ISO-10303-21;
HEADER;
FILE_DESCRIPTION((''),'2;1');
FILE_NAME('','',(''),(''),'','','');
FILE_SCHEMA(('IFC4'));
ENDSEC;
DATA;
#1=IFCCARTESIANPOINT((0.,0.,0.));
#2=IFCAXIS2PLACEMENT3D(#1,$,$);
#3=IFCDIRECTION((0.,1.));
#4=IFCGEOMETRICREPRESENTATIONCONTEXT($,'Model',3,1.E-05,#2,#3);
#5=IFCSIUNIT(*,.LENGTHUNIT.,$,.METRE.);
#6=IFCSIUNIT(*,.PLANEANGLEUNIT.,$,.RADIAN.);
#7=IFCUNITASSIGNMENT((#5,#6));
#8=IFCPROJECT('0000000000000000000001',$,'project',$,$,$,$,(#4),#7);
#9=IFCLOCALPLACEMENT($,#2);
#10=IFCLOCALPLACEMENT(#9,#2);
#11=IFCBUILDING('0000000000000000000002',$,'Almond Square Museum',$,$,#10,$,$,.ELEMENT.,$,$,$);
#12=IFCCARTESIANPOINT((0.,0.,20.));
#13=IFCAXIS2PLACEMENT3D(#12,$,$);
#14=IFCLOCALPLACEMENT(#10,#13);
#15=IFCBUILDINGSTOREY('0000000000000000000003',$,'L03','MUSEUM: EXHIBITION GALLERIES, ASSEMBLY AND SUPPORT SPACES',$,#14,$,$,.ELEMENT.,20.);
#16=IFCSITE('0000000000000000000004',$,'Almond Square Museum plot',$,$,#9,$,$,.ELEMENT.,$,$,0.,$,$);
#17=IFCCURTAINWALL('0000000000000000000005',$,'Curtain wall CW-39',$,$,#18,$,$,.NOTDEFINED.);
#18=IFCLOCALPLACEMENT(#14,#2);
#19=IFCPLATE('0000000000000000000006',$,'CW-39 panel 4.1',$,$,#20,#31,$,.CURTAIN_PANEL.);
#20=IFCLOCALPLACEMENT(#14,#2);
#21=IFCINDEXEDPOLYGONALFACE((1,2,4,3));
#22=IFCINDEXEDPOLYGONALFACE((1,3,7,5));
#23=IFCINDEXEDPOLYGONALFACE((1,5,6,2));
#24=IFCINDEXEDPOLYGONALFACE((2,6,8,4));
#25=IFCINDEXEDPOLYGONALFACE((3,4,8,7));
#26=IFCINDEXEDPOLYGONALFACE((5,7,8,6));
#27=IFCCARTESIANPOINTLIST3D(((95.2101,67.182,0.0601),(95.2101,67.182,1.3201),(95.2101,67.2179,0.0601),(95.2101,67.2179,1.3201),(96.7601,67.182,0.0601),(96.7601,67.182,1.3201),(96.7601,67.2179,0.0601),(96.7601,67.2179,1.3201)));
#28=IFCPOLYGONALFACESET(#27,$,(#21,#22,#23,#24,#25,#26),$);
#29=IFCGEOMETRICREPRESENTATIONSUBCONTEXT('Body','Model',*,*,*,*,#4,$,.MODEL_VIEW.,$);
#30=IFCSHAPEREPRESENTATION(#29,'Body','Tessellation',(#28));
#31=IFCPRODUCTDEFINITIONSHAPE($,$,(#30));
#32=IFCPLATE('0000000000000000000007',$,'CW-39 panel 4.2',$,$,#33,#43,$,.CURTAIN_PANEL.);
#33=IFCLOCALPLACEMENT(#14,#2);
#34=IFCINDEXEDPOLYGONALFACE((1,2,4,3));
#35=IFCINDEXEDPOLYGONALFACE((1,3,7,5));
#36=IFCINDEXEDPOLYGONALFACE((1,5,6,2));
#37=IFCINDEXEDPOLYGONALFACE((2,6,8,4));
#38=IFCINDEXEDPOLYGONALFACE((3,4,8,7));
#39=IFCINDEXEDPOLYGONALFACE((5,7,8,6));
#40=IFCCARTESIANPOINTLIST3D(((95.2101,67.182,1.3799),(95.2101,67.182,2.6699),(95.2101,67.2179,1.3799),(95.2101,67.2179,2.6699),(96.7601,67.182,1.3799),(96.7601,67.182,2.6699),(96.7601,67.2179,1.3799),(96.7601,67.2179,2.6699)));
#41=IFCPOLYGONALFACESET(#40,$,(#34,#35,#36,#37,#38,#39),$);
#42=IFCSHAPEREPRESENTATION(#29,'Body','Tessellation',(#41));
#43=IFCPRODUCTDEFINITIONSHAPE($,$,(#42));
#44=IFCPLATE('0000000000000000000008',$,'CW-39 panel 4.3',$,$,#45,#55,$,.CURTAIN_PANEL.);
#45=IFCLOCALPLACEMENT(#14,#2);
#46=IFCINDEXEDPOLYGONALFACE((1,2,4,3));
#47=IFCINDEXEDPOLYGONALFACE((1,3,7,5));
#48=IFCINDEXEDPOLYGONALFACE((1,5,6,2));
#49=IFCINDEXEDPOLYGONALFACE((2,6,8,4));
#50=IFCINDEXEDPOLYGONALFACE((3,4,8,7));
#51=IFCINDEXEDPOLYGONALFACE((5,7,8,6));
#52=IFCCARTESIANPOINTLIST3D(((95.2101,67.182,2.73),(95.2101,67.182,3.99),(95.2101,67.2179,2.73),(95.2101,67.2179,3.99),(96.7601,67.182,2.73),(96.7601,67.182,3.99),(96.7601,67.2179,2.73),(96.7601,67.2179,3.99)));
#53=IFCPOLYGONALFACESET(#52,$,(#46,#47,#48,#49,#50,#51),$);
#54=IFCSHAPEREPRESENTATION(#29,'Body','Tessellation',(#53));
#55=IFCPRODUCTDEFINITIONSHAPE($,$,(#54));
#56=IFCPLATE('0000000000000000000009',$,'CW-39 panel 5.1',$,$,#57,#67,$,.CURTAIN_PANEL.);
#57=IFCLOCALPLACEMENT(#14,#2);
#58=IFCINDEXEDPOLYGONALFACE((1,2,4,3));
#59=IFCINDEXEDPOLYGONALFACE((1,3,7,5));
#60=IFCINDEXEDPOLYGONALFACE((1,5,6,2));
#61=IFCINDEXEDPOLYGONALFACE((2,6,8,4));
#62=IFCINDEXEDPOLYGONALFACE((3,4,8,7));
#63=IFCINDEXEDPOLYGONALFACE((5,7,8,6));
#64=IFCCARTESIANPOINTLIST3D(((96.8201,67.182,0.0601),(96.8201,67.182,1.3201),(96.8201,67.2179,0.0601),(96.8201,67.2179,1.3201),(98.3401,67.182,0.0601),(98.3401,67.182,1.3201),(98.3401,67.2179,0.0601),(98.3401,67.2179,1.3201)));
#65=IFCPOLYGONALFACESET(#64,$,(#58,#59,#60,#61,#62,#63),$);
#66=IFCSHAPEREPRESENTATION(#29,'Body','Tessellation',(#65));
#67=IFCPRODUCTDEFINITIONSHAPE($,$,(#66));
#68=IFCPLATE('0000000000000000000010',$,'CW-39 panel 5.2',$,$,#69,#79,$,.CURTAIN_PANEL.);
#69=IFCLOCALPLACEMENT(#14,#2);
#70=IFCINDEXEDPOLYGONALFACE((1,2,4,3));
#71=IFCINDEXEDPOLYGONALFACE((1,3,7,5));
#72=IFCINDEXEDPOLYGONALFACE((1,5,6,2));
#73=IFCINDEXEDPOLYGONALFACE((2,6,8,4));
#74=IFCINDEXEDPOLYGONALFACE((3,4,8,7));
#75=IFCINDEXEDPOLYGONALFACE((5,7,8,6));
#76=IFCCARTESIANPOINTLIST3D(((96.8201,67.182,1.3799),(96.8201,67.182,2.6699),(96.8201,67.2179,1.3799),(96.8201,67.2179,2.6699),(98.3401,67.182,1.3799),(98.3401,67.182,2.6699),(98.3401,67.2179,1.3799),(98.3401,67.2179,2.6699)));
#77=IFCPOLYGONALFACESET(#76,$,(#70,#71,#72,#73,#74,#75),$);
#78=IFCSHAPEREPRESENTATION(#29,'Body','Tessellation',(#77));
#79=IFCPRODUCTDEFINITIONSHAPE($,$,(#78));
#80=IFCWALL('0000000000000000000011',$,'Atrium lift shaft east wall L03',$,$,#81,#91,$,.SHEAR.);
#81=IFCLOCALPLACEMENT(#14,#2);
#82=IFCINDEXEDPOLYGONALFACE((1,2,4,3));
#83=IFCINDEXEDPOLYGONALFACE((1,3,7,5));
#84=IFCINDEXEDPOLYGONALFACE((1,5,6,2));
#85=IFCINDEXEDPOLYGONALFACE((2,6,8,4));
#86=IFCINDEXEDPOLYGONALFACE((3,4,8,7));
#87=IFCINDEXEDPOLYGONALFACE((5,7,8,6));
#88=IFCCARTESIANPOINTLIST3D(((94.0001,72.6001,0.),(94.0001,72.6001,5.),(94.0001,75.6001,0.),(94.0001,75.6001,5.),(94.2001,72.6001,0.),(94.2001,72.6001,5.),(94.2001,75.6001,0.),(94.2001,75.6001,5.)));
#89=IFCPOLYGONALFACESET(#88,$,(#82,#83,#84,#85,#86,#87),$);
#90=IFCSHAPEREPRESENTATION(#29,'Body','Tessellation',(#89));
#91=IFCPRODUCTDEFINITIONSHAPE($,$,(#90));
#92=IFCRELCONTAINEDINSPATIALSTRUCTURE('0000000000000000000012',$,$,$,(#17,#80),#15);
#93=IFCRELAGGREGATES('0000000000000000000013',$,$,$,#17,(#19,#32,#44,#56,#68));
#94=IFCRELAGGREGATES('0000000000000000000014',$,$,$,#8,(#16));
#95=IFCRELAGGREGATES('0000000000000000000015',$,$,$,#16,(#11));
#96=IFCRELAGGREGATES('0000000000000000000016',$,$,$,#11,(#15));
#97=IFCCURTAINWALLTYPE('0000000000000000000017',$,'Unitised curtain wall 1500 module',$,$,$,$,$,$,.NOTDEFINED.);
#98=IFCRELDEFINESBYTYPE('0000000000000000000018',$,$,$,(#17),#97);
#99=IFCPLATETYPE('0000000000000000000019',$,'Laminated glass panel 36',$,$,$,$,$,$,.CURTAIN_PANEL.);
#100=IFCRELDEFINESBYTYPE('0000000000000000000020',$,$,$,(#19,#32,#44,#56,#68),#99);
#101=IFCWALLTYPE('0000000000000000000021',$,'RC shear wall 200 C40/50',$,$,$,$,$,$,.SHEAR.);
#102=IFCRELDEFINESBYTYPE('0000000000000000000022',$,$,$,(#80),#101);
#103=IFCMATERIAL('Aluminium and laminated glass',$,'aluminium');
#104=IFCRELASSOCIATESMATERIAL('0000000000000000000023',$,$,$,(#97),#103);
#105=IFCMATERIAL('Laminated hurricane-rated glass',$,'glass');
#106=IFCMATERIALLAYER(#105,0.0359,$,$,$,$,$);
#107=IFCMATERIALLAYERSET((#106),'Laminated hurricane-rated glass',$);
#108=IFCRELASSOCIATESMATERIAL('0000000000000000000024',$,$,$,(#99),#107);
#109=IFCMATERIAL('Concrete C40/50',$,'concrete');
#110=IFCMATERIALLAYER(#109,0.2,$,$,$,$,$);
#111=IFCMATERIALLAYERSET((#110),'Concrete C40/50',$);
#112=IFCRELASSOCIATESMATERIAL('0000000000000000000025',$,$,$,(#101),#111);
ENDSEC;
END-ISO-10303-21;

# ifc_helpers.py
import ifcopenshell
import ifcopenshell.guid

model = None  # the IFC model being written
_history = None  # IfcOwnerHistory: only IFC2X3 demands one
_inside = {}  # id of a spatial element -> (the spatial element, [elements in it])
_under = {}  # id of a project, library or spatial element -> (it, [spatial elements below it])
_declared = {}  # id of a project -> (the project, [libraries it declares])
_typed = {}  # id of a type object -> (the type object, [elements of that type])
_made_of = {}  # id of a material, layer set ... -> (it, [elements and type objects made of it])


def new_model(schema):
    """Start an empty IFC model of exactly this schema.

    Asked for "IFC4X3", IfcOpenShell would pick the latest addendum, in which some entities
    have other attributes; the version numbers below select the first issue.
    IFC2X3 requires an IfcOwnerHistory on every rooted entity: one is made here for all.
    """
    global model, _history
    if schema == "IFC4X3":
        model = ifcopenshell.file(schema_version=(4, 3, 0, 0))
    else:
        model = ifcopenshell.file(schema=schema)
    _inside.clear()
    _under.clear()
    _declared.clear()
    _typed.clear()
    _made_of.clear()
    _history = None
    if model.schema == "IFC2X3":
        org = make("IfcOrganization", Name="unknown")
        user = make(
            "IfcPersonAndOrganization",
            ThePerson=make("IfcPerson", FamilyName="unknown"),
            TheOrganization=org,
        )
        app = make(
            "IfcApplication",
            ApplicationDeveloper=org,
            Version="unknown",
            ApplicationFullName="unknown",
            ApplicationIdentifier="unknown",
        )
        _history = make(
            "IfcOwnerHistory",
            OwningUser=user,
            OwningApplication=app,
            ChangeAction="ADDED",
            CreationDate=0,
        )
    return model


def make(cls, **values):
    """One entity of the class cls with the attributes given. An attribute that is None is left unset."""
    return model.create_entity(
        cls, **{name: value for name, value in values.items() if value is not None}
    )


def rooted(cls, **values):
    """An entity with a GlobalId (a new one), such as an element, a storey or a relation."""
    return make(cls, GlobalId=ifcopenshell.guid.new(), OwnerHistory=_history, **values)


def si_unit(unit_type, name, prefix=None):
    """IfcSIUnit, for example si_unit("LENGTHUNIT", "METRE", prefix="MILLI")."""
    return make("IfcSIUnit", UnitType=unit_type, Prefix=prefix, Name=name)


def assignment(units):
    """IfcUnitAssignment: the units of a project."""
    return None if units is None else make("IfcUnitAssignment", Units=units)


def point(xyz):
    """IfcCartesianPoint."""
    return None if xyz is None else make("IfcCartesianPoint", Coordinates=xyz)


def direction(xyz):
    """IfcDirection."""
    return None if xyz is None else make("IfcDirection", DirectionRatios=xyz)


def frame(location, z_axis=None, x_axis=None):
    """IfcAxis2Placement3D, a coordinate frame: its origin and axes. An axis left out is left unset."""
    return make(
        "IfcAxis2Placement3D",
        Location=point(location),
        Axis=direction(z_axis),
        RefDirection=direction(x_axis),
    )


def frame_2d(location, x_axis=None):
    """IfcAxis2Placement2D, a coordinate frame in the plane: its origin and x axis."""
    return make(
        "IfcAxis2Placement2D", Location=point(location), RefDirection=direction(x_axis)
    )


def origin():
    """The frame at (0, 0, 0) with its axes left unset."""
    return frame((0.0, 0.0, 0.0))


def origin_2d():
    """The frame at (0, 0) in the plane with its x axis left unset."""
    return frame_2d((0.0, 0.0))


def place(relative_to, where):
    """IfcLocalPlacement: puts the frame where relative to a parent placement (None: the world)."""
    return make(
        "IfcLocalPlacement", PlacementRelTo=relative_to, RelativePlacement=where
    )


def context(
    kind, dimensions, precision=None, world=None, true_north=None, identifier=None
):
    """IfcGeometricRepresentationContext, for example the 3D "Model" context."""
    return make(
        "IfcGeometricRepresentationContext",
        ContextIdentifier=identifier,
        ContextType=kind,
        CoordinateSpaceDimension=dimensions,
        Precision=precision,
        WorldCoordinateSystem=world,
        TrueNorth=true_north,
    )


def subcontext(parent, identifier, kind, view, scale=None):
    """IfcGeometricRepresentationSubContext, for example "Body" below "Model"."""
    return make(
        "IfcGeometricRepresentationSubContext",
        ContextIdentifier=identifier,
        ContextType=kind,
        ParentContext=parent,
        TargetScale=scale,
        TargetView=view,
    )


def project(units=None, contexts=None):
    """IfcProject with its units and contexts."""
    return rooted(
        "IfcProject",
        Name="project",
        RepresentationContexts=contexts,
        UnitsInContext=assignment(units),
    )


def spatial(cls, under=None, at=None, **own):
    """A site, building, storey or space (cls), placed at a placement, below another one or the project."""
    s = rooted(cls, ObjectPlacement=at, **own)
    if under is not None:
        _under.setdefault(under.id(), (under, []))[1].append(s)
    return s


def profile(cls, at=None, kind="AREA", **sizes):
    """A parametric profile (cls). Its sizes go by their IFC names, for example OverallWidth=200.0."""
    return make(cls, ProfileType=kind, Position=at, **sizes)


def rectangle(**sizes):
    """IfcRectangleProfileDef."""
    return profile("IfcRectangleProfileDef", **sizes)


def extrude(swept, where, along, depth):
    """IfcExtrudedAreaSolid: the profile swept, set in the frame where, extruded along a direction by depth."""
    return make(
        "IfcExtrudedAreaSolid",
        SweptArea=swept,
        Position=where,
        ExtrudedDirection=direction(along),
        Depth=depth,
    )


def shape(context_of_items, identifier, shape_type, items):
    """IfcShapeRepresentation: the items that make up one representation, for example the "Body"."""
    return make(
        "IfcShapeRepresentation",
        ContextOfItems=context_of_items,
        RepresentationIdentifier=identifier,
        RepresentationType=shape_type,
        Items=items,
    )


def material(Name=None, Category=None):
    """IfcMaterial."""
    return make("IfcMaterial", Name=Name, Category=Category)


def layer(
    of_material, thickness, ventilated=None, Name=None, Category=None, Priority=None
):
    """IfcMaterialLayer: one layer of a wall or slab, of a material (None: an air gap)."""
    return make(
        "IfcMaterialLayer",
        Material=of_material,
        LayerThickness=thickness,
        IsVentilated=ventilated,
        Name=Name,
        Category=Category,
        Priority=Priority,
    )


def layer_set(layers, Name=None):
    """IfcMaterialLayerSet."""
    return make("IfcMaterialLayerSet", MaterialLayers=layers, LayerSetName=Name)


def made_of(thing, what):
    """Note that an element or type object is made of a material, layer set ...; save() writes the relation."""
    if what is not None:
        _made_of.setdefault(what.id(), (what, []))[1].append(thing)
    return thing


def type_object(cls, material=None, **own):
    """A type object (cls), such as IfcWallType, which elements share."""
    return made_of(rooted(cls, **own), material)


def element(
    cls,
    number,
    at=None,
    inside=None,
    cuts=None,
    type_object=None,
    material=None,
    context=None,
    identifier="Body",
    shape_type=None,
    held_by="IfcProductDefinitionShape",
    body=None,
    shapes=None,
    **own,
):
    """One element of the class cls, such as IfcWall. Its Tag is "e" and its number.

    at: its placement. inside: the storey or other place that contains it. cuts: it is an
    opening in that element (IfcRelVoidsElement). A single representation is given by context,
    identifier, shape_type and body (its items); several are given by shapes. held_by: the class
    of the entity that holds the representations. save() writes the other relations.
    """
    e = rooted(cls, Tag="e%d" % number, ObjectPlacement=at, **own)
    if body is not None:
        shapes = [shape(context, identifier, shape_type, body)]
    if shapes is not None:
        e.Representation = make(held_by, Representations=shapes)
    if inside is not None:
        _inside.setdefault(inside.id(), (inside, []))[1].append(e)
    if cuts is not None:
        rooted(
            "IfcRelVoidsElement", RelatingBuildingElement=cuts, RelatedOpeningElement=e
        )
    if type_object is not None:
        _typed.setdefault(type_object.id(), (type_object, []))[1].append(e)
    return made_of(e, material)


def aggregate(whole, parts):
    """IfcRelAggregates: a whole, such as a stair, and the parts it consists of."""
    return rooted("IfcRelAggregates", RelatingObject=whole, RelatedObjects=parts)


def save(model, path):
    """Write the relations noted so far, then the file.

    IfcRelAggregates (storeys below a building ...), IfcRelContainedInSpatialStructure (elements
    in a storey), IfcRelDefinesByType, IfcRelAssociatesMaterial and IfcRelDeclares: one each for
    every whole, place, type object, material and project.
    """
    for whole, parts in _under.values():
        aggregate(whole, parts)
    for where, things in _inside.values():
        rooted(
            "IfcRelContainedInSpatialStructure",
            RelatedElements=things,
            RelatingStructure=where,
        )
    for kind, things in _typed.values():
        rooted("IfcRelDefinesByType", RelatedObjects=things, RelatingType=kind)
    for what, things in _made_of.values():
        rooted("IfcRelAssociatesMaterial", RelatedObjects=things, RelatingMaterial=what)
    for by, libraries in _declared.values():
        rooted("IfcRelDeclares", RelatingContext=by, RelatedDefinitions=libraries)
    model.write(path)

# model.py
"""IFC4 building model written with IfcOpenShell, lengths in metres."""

from ifc_helpers import new_model, si_unit, direction, frame, frame_2d, origin, origin_2d, place, context, subcontext, project, spatial, rectangle, extrude, material, layer, layer_set, type_object, element, aggregate, save


model = new_model("IFC4")

# Units and contexts
model_context = context("Model", 3, precision=1e-05, world=origin(), true_north=direction((0.0, 1.0)))
body_context = subcontext(model_context, "Body", "Model", "MODEL_VIEW")
ifc_project = project(units=[si_unit("LENGTHUNIT", "METRE"), si_unit("PLANEANGLEUNIT", "RADIAN")], contexts=[model_context])

# Site, building, storey
site_placement = place(None, origin())
site = spatial("IfcSite", under=ifc_project, at=site_placement, Name="Almond Square Museum plot", CompositionType="ELEMENT", RefElevation=0.0)
building_placement = place(site_placement, origin())
building = spatial("IfcBuilding", under=site, at=building_placement, Name="Almond Square Museum", CompositionType="ELEMENT")
storey_placement = place(building_placement, frame((0.0, 0.0, 20.0)))
storey = spatial("IfcBuildingStorey", under=building, at=storey_placement, Name="L03", Description="MUSEUM: EXHIBITION GALLERIES, ASSEMBLY AND SUPPORT SPACES", CompositionType="ELEMENT", Elevation=20.0)

# Curtain wall, plates
ifc_material_1 = material(Name="Aluminium and laminated glass", Category="aluminium")
curtain_wall_type = type_object("IfcCurtainWallType", Name="Unitised curtain wall 1500 module", PredefinedType="NOTDEFINED", material=ifc_material_1)
curtain_wall_placement = place(storey_placement, origin())
curtain_wall = element("IfcCurtainWall", 1, at=curtain_wall_placement, inside=storey, type_object=curtain_wall_type, Name="Curtain wall CW-39", PredefinedType="NOTDEFINED")
ifc_material_2 = material(Name="Laminated hurricane-rated glass", Category="glass")
ifc_layer_1 = layer(ifc_material_2, 0.0359)
ifc_layer_set_1 = layer_set([ifc_layer_1], Name="Laminated hurricane-rated glass")
plate_type = type_object("IfcPlateType", Name="Laminated glass panel 36", PredefinedType="CURTAIN_PANEL", material=ifc_layer_set_1)
plate_1_placement = place(storey_placement, frame((95.9851, 67.2, 0.0601), z_axis=(0.0, 0.0, 1.0), x_axis=(1.0, 0.0, 0.0)))
plate_1 = element("IfcPlate", 2, at=plate_1_placement, type_object=plate_type, Name="CW-39 panel 4.1", PredefinedType="CURTAIN_PANEL", context=body_context, shape_type="SweptSolid", body=[
    extrude(rectangle(XDim=1.55, YDim=0.0359, at=origin_2d()), origin(), (0.0, 0.0, 1.0), 1.26),
])
plate_2_placement = place(storey_placement, frame((95.9851, 67.2, 1.3799), z_axis=(0.0, 0.0, 1.0), x_axis=(1.0, 0.0, 0.0)))
plate_2 = element("IfcPlate", 3, at=plate_2_placement, type_object=plate_type, Name="CW-39 panel 4.2", PredefinedType="CURTAIN_PANEL", context=body_context, shape_type="SweptSolid", body=[
    extrude(rectangle(XDim=1.55, YDim=0.0359, at=origin_2d()), origin(), (0.0, 0.0, 1.0), 1.29),
])
plate_3_placement = place(storey_placement, frame((95.9851, 67.2, 2.73), z_axis=(0.0, 0.0, 1.0), x_axis=(1.0, 0.0, 0.0)))
plate_3 = element("IfcPlate", 4, at=plate_3_placement, type_object=plate_type, Name="CW-39 panel 4.3", PredefinedType="CURTAIN_PANEL", context=body_context, shape_type="SweptSolid", body=[
    extrude(rectangle(XDim=1.55, YDim=0.0359, at=origin_2d()), origin(), (0.0, 0.0, 1.0), 1.26),
])
plate_4_placement = place(storey_placement, frame((97.5801, 67.2, 0.0601), z_axis=(0.0, 0.0, 1.0), x_axis=(1.0, 0.0, 0.0)))
plate_4 = element("IfcPlate", 5, at=plate_4_placement, type_object=plate_type, Name="CW-39 panel 5.1", PredefinedType="CURTAIN_PANEL", context=body_context, shape_type="SweptSolid", body=[
    extrude(rectangle(XDim=1.52, YDim=0.0359, at=origin_2d()), origin(), (0.0, 0.0, 1.0), 1.26),
])
plate_5_placement = place(storey_placement, frame((97.5801, 67.2, 1.3799), z_axis=(0.0, 0.0, 1.0), x_axis=(1.0, 0.0, 0.0)))
plate_5 = element("IfcPlate", 6, at=plate_5_placement, type_object=plate_type, Name="CW-39 panel 5.2", PredefinedType="CURTAIN_PANEL", context=body_context, shape_type="SweptSolid", body=[
    extrude(rectangle(XDim=1.52, YDim=0.0359, at=origin_2d()), origin(), (0.0, 0.0, 1.0), 1.29),
])
aggregate(curtain_wall, [plate_1, plate_2, plate_3, plate_4, plate_5])

# Wall
ifc_material_3 = material(Name="Concrete C40/50", Category="concrete")
ifc_layer_2 = layer(ifc_material_3, 0.2)
ifc_layer_set_2 = layer_set([ifc_layer_2], Name="Concrete C40/50")
wall_type = type_object("IfcWallType", Name="RC shear wall 200 C40/50", PredefinedType="SHEAR", material=ifc_layer_set_2)
wall_placement = place(storey_placement, frame((94.1001, 72.6001, 0.0), z_axis=(0.0, 0.0, 1.0), x_axis=(0.0, 1.0, 0.0)))
element("IfcWall", 7, at=wall_placement, inside=storey, type_object=wall_type, Name="Atrium lift shaft east wall L03", PredefinedType="SHEAR", context=body_context, shape_type="SweptSolid", body=[
    extrude(rectangle(XDim=3.0, YDim=0.2, at=frame_2d((1.5, 0.0))), origin(), (0.0, 0.0, 1.0), 5.0),
])

save(model, "model.ifc")
